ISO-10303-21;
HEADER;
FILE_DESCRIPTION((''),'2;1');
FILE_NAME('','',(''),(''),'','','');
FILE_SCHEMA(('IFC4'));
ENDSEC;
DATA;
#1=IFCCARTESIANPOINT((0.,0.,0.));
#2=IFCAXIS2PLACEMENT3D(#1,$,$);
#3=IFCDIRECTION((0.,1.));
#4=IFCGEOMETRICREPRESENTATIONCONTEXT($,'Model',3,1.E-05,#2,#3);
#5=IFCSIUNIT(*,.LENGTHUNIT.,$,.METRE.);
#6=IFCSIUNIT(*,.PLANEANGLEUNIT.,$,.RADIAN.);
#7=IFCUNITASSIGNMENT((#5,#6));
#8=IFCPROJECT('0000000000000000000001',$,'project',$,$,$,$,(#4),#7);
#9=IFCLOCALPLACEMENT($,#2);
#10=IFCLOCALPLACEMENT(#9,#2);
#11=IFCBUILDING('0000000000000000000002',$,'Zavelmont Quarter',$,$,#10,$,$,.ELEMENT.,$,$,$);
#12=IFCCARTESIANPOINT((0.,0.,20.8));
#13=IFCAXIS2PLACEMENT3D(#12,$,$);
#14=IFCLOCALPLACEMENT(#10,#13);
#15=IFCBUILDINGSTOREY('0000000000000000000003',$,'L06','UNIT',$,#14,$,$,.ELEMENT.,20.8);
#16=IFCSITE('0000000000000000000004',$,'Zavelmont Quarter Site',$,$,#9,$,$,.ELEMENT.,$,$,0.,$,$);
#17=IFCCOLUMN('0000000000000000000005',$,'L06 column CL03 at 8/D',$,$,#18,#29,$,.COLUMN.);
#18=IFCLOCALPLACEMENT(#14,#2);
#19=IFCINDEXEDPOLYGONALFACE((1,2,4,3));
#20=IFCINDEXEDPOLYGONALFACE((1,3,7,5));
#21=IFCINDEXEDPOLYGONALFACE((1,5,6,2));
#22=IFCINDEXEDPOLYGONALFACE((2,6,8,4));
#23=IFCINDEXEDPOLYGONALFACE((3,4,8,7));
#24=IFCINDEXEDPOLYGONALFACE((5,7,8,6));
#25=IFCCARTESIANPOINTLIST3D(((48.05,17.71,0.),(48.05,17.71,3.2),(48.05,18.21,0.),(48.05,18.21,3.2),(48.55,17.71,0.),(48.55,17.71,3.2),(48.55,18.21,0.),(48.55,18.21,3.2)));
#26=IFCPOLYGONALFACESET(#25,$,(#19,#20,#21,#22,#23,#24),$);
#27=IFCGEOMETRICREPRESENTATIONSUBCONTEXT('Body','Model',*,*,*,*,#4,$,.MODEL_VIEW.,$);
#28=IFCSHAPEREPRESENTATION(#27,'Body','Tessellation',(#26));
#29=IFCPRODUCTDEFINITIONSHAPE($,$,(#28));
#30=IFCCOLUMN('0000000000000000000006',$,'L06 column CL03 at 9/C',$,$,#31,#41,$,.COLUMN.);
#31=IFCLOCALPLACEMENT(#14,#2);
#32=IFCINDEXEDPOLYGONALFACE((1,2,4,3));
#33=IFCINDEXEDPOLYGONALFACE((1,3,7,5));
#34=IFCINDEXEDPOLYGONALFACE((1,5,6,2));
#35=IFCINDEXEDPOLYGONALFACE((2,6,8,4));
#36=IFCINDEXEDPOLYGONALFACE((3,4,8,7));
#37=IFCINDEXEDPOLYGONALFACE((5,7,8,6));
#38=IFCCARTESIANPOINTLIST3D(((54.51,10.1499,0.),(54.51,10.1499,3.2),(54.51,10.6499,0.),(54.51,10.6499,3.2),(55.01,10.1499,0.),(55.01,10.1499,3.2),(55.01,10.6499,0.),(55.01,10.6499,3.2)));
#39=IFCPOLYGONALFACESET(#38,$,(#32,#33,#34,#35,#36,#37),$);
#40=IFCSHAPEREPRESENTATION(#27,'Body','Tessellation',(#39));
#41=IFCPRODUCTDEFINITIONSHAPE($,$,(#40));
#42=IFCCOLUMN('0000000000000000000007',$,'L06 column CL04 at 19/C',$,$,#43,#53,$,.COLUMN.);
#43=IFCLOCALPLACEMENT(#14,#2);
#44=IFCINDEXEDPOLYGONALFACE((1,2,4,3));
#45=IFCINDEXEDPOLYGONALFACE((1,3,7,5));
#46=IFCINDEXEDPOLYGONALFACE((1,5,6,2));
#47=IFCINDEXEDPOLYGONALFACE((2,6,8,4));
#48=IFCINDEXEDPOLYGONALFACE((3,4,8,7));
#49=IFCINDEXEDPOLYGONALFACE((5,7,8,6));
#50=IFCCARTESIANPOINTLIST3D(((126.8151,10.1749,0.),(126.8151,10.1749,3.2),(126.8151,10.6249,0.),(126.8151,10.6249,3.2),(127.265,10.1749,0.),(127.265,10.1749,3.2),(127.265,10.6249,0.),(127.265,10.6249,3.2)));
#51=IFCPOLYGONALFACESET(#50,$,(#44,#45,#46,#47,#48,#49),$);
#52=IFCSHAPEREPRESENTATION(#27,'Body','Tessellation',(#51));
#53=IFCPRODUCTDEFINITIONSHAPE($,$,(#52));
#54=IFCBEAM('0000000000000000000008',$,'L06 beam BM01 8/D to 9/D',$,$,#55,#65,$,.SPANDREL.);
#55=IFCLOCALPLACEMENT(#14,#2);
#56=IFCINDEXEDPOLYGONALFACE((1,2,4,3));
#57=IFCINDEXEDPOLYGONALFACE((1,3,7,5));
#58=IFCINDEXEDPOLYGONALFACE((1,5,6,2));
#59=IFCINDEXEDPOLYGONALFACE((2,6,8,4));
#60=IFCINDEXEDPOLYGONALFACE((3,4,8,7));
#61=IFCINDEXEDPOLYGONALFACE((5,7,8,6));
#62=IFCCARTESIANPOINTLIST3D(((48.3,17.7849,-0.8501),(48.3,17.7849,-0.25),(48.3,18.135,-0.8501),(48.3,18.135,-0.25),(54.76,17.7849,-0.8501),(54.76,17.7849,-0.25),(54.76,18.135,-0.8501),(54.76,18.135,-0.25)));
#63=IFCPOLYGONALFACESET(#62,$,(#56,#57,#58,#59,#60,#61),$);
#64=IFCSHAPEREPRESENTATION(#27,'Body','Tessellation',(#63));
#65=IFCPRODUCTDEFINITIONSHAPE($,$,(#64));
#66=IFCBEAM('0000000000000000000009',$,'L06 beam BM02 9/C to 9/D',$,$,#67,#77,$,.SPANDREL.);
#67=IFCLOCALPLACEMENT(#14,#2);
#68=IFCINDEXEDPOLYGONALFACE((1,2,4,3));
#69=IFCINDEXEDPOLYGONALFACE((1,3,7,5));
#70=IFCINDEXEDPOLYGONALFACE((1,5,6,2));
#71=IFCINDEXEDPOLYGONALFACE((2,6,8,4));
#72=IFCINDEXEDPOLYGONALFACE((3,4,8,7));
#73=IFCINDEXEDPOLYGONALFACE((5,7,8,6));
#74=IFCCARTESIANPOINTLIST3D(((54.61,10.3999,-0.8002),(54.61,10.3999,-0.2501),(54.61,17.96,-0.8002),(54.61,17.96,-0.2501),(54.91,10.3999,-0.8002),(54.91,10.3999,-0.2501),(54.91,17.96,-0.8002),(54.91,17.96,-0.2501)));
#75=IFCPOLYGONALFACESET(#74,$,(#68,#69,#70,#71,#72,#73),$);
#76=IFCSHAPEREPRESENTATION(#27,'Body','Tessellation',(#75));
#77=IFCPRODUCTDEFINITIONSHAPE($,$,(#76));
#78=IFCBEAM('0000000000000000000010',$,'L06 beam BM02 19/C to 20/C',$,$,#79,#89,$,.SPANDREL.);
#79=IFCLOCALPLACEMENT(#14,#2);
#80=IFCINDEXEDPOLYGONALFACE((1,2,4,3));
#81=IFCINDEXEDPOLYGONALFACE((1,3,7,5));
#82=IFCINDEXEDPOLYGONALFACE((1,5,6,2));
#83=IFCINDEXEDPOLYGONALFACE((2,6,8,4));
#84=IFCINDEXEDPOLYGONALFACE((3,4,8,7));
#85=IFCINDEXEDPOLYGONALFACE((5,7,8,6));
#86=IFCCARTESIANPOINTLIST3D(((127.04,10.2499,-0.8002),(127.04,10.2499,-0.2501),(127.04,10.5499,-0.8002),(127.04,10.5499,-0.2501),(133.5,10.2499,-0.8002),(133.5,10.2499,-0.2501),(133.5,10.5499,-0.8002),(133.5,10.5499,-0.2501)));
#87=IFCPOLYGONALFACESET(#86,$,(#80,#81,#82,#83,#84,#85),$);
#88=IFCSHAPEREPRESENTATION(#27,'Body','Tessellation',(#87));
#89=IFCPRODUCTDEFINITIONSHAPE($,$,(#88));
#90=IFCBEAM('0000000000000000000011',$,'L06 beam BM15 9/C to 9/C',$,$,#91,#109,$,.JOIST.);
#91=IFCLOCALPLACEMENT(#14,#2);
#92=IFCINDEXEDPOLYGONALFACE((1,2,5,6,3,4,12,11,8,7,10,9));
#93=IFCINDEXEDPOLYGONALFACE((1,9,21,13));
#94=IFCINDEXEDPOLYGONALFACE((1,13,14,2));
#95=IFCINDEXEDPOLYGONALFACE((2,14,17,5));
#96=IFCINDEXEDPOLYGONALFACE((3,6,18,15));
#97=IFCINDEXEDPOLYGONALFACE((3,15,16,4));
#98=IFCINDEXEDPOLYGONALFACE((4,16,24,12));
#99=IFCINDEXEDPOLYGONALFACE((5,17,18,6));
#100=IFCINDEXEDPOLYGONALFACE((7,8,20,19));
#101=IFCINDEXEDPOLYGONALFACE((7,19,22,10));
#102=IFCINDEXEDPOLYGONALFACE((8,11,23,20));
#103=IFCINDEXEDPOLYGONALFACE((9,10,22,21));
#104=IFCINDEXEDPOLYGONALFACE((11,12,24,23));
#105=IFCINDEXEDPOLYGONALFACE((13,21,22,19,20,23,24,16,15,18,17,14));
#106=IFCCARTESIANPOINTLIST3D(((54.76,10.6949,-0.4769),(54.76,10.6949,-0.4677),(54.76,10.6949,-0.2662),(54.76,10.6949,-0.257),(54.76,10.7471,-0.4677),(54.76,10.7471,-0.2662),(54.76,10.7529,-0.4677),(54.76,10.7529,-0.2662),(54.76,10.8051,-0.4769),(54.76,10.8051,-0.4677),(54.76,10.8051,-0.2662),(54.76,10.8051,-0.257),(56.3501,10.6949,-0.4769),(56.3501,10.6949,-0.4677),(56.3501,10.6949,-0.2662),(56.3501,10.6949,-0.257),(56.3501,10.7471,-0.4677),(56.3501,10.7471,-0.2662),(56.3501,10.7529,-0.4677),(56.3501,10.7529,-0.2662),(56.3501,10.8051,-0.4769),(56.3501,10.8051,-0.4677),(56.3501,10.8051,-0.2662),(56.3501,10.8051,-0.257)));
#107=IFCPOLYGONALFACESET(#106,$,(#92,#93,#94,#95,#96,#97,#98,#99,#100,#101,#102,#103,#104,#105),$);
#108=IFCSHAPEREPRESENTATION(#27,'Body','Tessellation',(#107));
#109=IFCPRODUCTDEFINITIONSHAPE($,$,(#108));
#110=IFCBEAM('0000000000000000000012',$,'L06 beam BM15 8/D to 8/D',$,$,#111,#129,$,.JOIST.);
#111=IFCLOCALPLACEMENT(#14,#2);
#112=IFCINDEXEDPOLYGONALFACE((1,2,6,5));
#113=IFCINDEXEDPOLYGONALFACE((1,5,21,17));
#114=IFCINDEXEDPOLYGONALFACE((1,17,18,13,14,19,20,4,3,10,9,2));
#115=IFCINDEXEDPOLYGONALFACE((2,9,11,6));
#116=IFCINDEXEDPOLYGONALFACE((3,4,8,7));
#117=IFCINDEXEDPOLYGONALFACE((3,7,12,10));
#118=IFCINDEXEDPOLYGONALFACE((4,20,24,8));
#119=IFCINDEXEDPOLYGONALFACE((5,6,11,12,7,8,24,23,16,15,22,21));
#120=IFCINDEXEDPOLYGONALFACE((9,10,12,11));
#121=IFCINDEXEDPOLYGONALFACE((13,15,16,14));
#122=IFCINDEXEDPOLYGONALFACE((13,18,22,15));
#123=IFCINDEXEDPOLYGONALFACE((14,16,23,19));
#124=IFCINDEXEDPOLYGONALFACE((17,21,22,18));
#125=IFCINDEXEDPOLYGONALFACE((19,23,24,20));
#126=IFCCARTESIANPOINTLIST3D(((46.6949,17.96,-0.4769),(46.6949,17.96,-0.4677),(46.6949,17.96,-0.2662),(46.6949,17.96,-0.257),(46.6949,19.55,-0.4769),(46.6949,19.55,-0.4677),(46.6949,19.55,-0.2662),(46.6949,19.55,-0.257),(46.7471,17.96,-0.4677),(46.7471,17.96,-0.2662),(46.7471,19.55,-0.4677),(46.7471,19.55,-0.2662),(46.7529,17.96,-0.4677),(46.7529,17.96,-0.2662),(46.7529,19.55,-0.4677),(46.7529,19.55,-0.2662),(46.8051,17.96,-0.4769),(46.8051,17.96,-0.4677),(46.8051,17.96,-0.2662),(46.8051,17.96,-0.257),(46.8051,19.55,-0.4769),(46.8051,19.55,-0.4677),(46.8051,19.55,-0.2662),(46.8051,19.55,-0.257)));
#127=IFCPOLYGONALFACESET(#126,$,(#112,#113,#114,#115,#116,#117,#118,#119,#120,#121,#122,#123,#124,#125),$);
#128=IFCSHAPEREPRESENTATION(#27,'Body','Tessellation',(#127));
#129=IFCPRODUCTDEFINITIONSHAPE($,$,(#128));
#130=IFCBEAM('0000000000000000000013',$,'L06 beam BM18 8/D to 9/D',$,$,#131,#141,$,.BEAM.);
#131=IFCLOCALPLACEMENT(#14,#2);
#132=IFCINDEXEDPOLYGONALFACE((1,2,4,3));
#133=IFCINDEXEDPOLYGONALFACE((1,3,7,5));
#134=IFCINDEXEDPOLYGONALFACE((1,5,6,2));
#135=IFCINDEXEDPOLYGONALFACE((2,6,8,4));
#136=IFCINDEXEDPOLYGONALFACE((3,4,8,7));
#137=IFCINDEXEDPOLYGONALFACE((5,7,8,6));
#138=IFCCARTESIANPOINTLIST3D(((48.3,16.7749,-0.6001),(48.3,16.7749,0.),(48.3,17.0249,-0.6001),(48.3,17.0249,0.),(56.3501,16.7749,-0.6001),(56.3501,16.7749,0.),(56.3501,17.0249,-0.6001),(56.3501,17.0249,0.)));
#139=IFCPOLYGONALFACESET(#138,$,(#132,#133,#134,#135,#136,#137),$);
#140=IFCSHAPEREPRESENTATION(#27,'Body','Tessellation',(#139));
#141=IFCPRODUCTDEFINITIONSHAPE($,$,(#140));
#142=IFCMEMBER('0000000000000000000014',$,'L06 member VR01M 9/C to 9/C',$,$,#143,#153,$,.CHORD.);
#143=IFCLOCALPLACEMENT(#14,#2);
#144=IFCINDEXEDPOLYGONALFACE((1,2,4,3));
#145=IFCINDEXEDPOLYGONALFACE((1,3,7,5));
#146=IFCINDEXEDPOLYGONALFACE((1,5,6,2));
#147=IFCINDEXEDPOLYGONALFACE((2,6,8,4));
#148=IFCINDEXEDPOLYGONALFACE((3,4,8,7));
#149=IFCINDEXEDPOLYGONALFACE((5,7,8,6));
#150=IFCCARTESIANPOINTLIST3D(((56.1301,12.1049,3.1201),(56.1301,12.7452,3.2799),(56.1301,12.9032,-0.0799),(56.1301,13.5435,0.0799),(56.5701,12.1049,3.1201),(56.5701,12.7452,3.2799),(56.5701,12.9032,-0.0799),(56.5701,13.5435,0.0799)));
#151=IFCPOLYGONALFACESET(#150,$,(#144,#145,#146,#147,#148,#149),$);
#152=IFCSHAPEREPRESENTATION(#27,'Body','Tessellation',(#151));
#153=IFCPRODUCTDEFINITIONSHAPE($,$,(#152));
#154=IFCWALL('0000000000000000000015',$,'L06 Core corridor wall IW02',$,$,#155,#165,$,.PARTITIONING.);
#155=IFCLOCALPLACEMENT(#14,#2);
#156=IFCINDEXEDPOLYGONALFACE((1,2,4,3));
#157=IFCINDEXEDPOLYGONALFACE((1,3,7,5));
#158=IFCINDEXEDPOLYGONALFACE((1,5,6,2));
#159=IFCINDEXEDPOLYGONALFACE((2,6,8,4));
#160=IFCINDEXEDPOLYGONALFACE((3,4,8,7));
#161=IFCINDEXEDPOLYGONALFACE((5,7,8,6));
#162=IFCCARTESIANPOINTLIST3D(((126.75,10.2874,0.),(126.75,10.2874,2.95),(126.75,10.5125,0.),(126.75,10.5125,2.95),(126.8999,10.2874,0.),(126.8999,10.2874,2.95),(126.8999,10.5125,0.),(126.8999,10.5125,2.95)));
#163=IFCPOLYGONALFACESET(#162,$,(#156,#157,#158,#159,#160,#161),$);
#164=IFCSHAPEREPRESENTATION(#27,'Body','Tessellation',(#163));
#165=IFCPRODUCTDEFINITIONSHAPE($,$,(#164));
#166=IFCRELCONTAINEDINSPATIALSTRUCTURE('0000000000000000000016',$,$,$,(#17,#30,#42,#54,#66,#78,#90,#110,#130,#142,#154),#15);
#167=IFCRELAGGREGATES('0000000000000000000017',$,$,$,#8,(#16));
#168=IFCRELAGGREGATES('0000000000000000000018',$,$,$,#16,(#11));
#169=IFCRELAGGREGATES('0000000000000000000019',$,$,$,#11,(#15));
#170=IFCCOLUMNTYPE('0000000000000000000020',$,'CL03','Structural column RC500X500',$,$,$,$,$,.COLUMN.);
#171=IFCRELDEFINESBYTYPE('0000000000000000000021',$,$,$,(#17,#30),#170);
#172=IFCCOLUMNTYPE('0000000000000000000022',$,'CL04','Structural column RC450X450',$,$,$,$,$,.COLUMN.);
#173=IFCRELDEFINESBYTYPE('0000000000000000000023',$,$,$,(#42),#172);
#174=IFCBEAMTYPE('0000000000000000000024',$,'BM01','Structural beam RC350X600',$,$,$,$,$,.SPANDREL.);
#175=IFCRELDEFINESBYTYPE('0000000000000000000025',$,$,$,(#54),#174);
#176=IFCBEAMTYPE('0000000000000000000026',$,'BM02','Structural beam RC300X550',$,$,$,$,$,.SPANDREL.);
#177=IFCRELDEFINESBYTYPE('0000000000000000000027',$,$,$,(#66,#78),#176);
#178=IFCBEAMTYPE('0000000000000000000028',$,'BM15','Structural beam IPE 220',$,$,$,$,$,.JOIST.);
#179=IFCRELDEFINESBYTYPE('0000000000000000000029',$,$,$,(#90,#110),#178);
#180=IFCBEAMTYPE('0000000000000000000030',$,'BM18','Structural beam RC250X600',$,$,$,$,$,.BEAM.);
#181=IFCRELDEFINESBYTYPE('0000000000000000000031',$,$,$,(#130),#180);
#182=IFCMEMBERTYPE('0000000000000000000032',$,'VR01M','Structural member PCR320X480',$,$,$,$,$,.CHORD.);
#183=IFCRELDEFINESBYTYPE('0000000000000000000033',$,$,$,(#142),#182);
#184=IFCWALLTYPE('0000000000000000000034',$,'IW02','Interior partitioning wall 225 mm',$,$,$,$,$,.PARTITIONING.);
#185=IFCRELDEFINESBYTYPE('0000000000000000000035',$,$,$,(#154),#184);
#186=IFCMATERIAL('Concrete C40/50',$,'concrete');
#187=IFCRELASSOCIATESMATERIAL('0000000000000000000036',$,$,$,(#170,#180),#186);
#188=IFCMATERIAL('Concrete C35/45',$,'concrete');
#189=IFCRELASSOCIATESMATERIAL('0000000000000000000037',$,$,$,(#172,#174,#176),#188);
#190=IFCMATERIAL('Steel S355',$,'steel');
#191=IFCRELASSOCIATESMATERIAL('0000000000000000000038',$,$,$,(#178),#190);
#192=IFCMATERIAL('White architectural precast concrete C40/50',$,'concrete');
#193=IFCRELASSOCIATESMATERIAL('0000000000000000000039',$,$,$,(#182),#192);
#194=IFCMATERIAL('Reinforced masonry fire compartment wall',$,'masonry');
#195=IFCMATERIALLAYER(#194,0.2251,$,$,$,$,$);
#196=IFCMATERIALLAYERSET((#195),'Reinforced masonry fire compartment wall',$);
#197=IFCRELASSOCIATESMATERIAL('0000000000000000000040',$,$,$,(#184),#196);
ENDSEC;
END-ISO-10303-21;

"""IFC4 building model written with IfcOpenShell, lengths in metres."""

from ifc_helpers import new_model, si_unit, direction, frame, frame_2d, origin, origin_2d, place, context, subcontext, project, spatial, rectangle, i_section, extrude, material, layer, layer_set, material_profile, profile_set, type_object, element, save


model = new_model("IFC4")

# Units and contexts
model_context = context("Model", 3, precision=1e-05, world=origin(), true_north=direction((0.0, 1.0)))
body_context = subcontext(model_context, "Body", "Model", "MODEL_VIEW")
ifc_project = project(units=[si_unit("LENGTHUNIT", "METRE"), si_unit("PLANEANGLEUNIT", "RADIAN")], contexts=[model_context])

# Site, building, storey
site_placement = place(None, origin())
site = spatial("IfcSite", under=ifc_project, at=site_placement, Name="Zavelmont Quarter Site", CompositionType="ELEMENT", RefElevation=0.0)
building_placement = place(site_placement, origin())
building = spatial("IfcBuilding", under=site, at=building_placement, Name="Zavelmont Quarter", CompositionType="ELEMENT")
storey_placement = place(building_placement, frame((0.0, 0.0, 20.8)))
storey = spatial("IfcBuildingStorey", under=building, at=storey_placement, Name="L06", Description="UNIT", CompositionType="ELEMENT", Elevation=20.8)

# Columns
ifc_material_1 = material(Name="Concrete C40/50", Category="concrete")
ifc_material_profile_1 = material_profile(ifc_material_1, rectangle(XDim=0.5, YDim=0.5, at=origin_2d()), Name="RC500X500")
ifc_profile_set_1 = profile_set([ifc_material_profile_1], Name="Concrete C40/50")
column_type_1 = type_object("IfcColumnType", Name="CL03", Description="Structural column RC500X500", PredefinedType="COLUMN", material=ifc_profile_set_1)
for number, where, z_axis, x_axis, name in (
    (1, (48.3, 17.96, 0.0), (0.0, 0.0, 1.0), (1.0, 0.0, 0.0), "L06 column CL03 at 8/D"),
    (2, (54.76, 10.3999, 0.0), (0.0, 0.0, 1.0), (1.0, 0.0, 0.0), "L06 column CL03 at 9/C"),
):
    element("IfcColumn", number, at=place(storey_placement, frame(where, z_axis=z_axis, x_axis=x_axis)), inside=storey, type_object=column_type_1, Name=name, PredefinedType="COLUMN", context=body_context, shape_type="SweptSolid", body=[
        extrude(rectangle(XDim=0.5, YDim=0.5, at=origin_2d()), origin(), (0.0, 0.0, 1.0), 3.2),
    ])
ifc_material_2 = material(Name="Concrete C35/45", Category="concrete")
ifc_material_profile_2 = material_profile(ifc_material_2, rectangle(XDim=0.45, YDim=0.45, at=origin_2d()), Name="RC450X450")
ifc_profile_set_2 = profile_set([ifc_material_profile_2], Name="Concrete C35/45")
column_type_2 = type_object("IfcColumnType", Name="CL04", Description="Structural column RC450X450", PredefinedType="COLUMN", material=ifc_profile_set_2)
column_placement = place(storey_placement, frame((127.04, 10.3999, 0.0), z_axis=(0.0, 0.0, 1.0), x_axis=(1.0, 0.0, 0.0)))
element("IfcColumn", 3, at=column_placement, inside=storey, type_object=column_type_2, Name="L06 column CL04 at 19/C", PredefinedType="COLUMN", context=body_context, shape_type="SweptSolid", body=[
    extrude(rectangle(XDim=0.45, YDim=0.45, at=origin_2d()), origin(), (0.0, 0.0, 1.0), 3.2),
])

# Beams
ifc_material_profile_3 = material_profile(ifc_material_2, rectangle(XDim=0.3501, YDim=0.6001, at=origin_2d()), Name="RC350X600")
ifc_profile_set_3 = profile_set([ifc_material_profile_3], Name="Concrete C35/45")
beam_type_1 = type_object("IfcBeamType", Name="BM01", Description="Structural beam RC350X600", PredefinedType="SPANDREL", material=ifc_profile_set_3)
beam_1_placement = place(storey_placement, frame((48.3, 17.96, -0.55), z_axis=(1.0, 0.0, 0.0), x_axis=(0.0, 1.0, 0.0)))
element("IfcBeam", 4, at=beam_1_placement, inside=storey, type_object=beam_type_1, Name="L06 beam BM01 8/D to 9/D", PredefinedType="SPANDREL", context=body_context, shape_type="SweptSolid", body=[
    extrude(rectangle(XDim=0.3501, YDim=0.6001, at=origin_2d()), origin(), (0.0, 0.0, 1.0), 6.46),
])
ifc_material_profile_4 = material_profile(ifc_material_2, rectangle(XDim=0.3, YDim=0.55, at=origin_2d()), Name="RC300X550")
ifc_profile_set_4 = profile_set([ifc_material_profile_4], Name="Concrete C35/45")
beam_type_2 = type_object("IfcBeamType", Name="BM02", Description="Structural beam RC300X550", PredefinedType="SPANDREL", material=ifc_profile_set_4)
beam_2_placement = place(storey_placement, frame((54.76, 10.3999, -0.5251), z_axis=(0.0, 1.0, 0.0), x_axis=(-1.0, 0.0, 0.0)))
element("IfcBeam", 5, at=beam_2_placement, inside=storey, type_object=beam_type_2, Name="L06 beam BM02 9/C to 9/D", PredefinedType="SPANDREL", context=body_context, shape_type="SweptSolid", body=[
    extrude(rectangle(XDim=0.3, YDim=0.55, at=origin_2d()), origin(), (0.0, 0.0, 1.0), 7.5601),
])
beam_3_placement = place(storey_placement, frame((127.04, 10.3999, -0.5251), z_axis=(1.0, 0.0, 0.0), x_axis=(0.0, 1.0, 0.0)))
element("IfcBeam", 6, at=beam_3_placement, inside=storey, type_object=beam_type_2, Name="L06 beam BM02 19/C to 20/C", PredefinedType="SPANDREL", context=body_context, shape_type="SweptSolid", body=[
    extrude(rectangle(XDim=0.3, YDim=0.55, at=origin_2d()), origin(), (0.0, 0.0, 1.0), 6.46),
])
ifc_material_3 = material(Name="Steel S355", Category="steel")
ifc_material_profile_5 = material_profile(ifc_material_3, i_section(OverallWidth=0.1101, OverallDepth=0.22, WebThickness=0.0059, FlangeThickness=0.0093, at=origin_2d()), Name="IPE 220")
ifc_profile_set_5 = profile_set([ifc_material_profile_5], Name="Steel S355")
beam_type_3 = type_object("IfcBeamType", Name="BM15", Description="Structural beam IPE 220", PredefinedType="JOIST", material=ifc_profile_set_5)
for number, where, z_axis, x_axis, name in (
    (7, (54.76, 10.75, -0.3669), (1.0, 0.0, 0.0), (0.0, 1.0, 0.0), "L06 beam BM15 9/C to 9/C"),
    (8, (46.75, 17.96, -0.3669), (0.0, 1.0, 0.0), (-1.0, 0.0, 0.0), "L06 beam BM15 8/D to 8/D"),
):
    element("IfcBeam", number, at=place(storey_placement, frame(where, z_axis=z_axis, x_axis=x_axis)), inside=storey, type_object=beam_type_3, Name=name, PredefinedType="JOIST", context=body_context, shape_type="SweptSolid", body=[
        extrude(i_section(OverallWidth=0.1101, OverallDepth=0.22, WebThickness=0.0059, FlangeThickness=0.0093, at=origin_2d()), origin(), (0.0, 0.0, 1.0), 1.5901),
    ])
ifc_material_profile_6 = material_profile(ifc_material_1, rectangle(XDim=0.25, YDim=0.6001, at=origin_2d()), Name="RC250X600")
ifc_profile_set_6 = profile_set([ifc_material_profile_6], Name="Concrete C40/50")
beam_type_4 = type_object("IfcBeamType", Name="BM18", Description="Structural beam RC250X600", PredefinedType="BEAM", material=ifc_profile_set_6)
beam_4_placement = place(storey_placement, frame((48.3, 16.8999, -0.3), z_axis=(1.0, 0.0, 0.0), x_axis=(0.0, 1.0, 0.0)))
element("IfcBeam", 9, at=beam_4_placement, inside=storey, type_object=beam_type_4, Name="L06 beam BM18 8/D to 9/D", PredefinedType="BEAM", context=body_context, shape_type="SweptSolid", body=[
    extrude(rectangle(XDim=0.25, YDim=0.6001, at=origin_2d()), origin(), (0.0, 0.0, 1.0), 8.05),
])

# Member
ifc_material_4 = material(Name="White architectural precast concrete C40/50", Category="concrete")
ifc_material_profile_7 = material_profile(ifc_material_4, rectangle(XDim=0.4399, YDim=0.6599, at=origin_2d()), Name="PCR320X480")
ifc_profile_set_7 = profile_set([ifc_material_profile_7], Name="White architectural precast concrete C40/50")
member_type = type_object("IfcMemberType", Name="VR01M", Description="Structural member PCR320X480", PredefinedType="CHORD", material=ifc_profile_set_7)
member_placement = place(storey_placement, frame((56.3501, 13.2234, 0.0), z_axis=(0.0, -0.242065, 0.97026), x_axis=(1.0, 0.0, 0.0)))
element("IfcMember", 10, at=member_placement, inside=storey, type_object=member_type, Name="L06 member VR01M 9/C to 9/C", PredefinedType="CHORD", context=body_context, shape_type="SweptSolid", body=[
    extrude(rectangle(XDim=0.4399, YDim=0.6599, at=origin_2d()), origin(), (0.0, 0.0, 1.0), 3.2981),
])

# Wall
ifc_material_5 = material(Name="Reinforced masonry fire compartment wall", Category="masonry")
ifc_layer_1 = layer(ifc_material_5, 0.2251)
ifc_layer_set_1 = layer_set([ifc_layer_1], Name="Reinforced masonry fire compartment wall")
wall_type_1 = type_object("IfcWallType", Name="IW02", Description="Interior partitioning wall 225 mm", PredefinedType="PARTITIONING", material=ifc_layer_set_1)
wall_1_placement = place(storey_placement, frame((126.75, 10.3999, 0.0), z_axis=(0.0, 0.0, 1.0), x_axis=(1.0, 0.0, 0.0)))
element("IfcWall", 11, at=wall_1_placement, inside=storey, type_object=wall_type_1, Name="L06 Core corridor wall IW02", PredefinedType="PARTITIONING", context=body_context, shape_type="SweptSolid", body=[
    extrude(rectangle(XDim=0.1499, YDim=0.2251, at=frame_2d((0.075, 0.0))), origin(), (0.0, 0.0, 1.0), 2.95),
])

save(model, "model.ifc")
